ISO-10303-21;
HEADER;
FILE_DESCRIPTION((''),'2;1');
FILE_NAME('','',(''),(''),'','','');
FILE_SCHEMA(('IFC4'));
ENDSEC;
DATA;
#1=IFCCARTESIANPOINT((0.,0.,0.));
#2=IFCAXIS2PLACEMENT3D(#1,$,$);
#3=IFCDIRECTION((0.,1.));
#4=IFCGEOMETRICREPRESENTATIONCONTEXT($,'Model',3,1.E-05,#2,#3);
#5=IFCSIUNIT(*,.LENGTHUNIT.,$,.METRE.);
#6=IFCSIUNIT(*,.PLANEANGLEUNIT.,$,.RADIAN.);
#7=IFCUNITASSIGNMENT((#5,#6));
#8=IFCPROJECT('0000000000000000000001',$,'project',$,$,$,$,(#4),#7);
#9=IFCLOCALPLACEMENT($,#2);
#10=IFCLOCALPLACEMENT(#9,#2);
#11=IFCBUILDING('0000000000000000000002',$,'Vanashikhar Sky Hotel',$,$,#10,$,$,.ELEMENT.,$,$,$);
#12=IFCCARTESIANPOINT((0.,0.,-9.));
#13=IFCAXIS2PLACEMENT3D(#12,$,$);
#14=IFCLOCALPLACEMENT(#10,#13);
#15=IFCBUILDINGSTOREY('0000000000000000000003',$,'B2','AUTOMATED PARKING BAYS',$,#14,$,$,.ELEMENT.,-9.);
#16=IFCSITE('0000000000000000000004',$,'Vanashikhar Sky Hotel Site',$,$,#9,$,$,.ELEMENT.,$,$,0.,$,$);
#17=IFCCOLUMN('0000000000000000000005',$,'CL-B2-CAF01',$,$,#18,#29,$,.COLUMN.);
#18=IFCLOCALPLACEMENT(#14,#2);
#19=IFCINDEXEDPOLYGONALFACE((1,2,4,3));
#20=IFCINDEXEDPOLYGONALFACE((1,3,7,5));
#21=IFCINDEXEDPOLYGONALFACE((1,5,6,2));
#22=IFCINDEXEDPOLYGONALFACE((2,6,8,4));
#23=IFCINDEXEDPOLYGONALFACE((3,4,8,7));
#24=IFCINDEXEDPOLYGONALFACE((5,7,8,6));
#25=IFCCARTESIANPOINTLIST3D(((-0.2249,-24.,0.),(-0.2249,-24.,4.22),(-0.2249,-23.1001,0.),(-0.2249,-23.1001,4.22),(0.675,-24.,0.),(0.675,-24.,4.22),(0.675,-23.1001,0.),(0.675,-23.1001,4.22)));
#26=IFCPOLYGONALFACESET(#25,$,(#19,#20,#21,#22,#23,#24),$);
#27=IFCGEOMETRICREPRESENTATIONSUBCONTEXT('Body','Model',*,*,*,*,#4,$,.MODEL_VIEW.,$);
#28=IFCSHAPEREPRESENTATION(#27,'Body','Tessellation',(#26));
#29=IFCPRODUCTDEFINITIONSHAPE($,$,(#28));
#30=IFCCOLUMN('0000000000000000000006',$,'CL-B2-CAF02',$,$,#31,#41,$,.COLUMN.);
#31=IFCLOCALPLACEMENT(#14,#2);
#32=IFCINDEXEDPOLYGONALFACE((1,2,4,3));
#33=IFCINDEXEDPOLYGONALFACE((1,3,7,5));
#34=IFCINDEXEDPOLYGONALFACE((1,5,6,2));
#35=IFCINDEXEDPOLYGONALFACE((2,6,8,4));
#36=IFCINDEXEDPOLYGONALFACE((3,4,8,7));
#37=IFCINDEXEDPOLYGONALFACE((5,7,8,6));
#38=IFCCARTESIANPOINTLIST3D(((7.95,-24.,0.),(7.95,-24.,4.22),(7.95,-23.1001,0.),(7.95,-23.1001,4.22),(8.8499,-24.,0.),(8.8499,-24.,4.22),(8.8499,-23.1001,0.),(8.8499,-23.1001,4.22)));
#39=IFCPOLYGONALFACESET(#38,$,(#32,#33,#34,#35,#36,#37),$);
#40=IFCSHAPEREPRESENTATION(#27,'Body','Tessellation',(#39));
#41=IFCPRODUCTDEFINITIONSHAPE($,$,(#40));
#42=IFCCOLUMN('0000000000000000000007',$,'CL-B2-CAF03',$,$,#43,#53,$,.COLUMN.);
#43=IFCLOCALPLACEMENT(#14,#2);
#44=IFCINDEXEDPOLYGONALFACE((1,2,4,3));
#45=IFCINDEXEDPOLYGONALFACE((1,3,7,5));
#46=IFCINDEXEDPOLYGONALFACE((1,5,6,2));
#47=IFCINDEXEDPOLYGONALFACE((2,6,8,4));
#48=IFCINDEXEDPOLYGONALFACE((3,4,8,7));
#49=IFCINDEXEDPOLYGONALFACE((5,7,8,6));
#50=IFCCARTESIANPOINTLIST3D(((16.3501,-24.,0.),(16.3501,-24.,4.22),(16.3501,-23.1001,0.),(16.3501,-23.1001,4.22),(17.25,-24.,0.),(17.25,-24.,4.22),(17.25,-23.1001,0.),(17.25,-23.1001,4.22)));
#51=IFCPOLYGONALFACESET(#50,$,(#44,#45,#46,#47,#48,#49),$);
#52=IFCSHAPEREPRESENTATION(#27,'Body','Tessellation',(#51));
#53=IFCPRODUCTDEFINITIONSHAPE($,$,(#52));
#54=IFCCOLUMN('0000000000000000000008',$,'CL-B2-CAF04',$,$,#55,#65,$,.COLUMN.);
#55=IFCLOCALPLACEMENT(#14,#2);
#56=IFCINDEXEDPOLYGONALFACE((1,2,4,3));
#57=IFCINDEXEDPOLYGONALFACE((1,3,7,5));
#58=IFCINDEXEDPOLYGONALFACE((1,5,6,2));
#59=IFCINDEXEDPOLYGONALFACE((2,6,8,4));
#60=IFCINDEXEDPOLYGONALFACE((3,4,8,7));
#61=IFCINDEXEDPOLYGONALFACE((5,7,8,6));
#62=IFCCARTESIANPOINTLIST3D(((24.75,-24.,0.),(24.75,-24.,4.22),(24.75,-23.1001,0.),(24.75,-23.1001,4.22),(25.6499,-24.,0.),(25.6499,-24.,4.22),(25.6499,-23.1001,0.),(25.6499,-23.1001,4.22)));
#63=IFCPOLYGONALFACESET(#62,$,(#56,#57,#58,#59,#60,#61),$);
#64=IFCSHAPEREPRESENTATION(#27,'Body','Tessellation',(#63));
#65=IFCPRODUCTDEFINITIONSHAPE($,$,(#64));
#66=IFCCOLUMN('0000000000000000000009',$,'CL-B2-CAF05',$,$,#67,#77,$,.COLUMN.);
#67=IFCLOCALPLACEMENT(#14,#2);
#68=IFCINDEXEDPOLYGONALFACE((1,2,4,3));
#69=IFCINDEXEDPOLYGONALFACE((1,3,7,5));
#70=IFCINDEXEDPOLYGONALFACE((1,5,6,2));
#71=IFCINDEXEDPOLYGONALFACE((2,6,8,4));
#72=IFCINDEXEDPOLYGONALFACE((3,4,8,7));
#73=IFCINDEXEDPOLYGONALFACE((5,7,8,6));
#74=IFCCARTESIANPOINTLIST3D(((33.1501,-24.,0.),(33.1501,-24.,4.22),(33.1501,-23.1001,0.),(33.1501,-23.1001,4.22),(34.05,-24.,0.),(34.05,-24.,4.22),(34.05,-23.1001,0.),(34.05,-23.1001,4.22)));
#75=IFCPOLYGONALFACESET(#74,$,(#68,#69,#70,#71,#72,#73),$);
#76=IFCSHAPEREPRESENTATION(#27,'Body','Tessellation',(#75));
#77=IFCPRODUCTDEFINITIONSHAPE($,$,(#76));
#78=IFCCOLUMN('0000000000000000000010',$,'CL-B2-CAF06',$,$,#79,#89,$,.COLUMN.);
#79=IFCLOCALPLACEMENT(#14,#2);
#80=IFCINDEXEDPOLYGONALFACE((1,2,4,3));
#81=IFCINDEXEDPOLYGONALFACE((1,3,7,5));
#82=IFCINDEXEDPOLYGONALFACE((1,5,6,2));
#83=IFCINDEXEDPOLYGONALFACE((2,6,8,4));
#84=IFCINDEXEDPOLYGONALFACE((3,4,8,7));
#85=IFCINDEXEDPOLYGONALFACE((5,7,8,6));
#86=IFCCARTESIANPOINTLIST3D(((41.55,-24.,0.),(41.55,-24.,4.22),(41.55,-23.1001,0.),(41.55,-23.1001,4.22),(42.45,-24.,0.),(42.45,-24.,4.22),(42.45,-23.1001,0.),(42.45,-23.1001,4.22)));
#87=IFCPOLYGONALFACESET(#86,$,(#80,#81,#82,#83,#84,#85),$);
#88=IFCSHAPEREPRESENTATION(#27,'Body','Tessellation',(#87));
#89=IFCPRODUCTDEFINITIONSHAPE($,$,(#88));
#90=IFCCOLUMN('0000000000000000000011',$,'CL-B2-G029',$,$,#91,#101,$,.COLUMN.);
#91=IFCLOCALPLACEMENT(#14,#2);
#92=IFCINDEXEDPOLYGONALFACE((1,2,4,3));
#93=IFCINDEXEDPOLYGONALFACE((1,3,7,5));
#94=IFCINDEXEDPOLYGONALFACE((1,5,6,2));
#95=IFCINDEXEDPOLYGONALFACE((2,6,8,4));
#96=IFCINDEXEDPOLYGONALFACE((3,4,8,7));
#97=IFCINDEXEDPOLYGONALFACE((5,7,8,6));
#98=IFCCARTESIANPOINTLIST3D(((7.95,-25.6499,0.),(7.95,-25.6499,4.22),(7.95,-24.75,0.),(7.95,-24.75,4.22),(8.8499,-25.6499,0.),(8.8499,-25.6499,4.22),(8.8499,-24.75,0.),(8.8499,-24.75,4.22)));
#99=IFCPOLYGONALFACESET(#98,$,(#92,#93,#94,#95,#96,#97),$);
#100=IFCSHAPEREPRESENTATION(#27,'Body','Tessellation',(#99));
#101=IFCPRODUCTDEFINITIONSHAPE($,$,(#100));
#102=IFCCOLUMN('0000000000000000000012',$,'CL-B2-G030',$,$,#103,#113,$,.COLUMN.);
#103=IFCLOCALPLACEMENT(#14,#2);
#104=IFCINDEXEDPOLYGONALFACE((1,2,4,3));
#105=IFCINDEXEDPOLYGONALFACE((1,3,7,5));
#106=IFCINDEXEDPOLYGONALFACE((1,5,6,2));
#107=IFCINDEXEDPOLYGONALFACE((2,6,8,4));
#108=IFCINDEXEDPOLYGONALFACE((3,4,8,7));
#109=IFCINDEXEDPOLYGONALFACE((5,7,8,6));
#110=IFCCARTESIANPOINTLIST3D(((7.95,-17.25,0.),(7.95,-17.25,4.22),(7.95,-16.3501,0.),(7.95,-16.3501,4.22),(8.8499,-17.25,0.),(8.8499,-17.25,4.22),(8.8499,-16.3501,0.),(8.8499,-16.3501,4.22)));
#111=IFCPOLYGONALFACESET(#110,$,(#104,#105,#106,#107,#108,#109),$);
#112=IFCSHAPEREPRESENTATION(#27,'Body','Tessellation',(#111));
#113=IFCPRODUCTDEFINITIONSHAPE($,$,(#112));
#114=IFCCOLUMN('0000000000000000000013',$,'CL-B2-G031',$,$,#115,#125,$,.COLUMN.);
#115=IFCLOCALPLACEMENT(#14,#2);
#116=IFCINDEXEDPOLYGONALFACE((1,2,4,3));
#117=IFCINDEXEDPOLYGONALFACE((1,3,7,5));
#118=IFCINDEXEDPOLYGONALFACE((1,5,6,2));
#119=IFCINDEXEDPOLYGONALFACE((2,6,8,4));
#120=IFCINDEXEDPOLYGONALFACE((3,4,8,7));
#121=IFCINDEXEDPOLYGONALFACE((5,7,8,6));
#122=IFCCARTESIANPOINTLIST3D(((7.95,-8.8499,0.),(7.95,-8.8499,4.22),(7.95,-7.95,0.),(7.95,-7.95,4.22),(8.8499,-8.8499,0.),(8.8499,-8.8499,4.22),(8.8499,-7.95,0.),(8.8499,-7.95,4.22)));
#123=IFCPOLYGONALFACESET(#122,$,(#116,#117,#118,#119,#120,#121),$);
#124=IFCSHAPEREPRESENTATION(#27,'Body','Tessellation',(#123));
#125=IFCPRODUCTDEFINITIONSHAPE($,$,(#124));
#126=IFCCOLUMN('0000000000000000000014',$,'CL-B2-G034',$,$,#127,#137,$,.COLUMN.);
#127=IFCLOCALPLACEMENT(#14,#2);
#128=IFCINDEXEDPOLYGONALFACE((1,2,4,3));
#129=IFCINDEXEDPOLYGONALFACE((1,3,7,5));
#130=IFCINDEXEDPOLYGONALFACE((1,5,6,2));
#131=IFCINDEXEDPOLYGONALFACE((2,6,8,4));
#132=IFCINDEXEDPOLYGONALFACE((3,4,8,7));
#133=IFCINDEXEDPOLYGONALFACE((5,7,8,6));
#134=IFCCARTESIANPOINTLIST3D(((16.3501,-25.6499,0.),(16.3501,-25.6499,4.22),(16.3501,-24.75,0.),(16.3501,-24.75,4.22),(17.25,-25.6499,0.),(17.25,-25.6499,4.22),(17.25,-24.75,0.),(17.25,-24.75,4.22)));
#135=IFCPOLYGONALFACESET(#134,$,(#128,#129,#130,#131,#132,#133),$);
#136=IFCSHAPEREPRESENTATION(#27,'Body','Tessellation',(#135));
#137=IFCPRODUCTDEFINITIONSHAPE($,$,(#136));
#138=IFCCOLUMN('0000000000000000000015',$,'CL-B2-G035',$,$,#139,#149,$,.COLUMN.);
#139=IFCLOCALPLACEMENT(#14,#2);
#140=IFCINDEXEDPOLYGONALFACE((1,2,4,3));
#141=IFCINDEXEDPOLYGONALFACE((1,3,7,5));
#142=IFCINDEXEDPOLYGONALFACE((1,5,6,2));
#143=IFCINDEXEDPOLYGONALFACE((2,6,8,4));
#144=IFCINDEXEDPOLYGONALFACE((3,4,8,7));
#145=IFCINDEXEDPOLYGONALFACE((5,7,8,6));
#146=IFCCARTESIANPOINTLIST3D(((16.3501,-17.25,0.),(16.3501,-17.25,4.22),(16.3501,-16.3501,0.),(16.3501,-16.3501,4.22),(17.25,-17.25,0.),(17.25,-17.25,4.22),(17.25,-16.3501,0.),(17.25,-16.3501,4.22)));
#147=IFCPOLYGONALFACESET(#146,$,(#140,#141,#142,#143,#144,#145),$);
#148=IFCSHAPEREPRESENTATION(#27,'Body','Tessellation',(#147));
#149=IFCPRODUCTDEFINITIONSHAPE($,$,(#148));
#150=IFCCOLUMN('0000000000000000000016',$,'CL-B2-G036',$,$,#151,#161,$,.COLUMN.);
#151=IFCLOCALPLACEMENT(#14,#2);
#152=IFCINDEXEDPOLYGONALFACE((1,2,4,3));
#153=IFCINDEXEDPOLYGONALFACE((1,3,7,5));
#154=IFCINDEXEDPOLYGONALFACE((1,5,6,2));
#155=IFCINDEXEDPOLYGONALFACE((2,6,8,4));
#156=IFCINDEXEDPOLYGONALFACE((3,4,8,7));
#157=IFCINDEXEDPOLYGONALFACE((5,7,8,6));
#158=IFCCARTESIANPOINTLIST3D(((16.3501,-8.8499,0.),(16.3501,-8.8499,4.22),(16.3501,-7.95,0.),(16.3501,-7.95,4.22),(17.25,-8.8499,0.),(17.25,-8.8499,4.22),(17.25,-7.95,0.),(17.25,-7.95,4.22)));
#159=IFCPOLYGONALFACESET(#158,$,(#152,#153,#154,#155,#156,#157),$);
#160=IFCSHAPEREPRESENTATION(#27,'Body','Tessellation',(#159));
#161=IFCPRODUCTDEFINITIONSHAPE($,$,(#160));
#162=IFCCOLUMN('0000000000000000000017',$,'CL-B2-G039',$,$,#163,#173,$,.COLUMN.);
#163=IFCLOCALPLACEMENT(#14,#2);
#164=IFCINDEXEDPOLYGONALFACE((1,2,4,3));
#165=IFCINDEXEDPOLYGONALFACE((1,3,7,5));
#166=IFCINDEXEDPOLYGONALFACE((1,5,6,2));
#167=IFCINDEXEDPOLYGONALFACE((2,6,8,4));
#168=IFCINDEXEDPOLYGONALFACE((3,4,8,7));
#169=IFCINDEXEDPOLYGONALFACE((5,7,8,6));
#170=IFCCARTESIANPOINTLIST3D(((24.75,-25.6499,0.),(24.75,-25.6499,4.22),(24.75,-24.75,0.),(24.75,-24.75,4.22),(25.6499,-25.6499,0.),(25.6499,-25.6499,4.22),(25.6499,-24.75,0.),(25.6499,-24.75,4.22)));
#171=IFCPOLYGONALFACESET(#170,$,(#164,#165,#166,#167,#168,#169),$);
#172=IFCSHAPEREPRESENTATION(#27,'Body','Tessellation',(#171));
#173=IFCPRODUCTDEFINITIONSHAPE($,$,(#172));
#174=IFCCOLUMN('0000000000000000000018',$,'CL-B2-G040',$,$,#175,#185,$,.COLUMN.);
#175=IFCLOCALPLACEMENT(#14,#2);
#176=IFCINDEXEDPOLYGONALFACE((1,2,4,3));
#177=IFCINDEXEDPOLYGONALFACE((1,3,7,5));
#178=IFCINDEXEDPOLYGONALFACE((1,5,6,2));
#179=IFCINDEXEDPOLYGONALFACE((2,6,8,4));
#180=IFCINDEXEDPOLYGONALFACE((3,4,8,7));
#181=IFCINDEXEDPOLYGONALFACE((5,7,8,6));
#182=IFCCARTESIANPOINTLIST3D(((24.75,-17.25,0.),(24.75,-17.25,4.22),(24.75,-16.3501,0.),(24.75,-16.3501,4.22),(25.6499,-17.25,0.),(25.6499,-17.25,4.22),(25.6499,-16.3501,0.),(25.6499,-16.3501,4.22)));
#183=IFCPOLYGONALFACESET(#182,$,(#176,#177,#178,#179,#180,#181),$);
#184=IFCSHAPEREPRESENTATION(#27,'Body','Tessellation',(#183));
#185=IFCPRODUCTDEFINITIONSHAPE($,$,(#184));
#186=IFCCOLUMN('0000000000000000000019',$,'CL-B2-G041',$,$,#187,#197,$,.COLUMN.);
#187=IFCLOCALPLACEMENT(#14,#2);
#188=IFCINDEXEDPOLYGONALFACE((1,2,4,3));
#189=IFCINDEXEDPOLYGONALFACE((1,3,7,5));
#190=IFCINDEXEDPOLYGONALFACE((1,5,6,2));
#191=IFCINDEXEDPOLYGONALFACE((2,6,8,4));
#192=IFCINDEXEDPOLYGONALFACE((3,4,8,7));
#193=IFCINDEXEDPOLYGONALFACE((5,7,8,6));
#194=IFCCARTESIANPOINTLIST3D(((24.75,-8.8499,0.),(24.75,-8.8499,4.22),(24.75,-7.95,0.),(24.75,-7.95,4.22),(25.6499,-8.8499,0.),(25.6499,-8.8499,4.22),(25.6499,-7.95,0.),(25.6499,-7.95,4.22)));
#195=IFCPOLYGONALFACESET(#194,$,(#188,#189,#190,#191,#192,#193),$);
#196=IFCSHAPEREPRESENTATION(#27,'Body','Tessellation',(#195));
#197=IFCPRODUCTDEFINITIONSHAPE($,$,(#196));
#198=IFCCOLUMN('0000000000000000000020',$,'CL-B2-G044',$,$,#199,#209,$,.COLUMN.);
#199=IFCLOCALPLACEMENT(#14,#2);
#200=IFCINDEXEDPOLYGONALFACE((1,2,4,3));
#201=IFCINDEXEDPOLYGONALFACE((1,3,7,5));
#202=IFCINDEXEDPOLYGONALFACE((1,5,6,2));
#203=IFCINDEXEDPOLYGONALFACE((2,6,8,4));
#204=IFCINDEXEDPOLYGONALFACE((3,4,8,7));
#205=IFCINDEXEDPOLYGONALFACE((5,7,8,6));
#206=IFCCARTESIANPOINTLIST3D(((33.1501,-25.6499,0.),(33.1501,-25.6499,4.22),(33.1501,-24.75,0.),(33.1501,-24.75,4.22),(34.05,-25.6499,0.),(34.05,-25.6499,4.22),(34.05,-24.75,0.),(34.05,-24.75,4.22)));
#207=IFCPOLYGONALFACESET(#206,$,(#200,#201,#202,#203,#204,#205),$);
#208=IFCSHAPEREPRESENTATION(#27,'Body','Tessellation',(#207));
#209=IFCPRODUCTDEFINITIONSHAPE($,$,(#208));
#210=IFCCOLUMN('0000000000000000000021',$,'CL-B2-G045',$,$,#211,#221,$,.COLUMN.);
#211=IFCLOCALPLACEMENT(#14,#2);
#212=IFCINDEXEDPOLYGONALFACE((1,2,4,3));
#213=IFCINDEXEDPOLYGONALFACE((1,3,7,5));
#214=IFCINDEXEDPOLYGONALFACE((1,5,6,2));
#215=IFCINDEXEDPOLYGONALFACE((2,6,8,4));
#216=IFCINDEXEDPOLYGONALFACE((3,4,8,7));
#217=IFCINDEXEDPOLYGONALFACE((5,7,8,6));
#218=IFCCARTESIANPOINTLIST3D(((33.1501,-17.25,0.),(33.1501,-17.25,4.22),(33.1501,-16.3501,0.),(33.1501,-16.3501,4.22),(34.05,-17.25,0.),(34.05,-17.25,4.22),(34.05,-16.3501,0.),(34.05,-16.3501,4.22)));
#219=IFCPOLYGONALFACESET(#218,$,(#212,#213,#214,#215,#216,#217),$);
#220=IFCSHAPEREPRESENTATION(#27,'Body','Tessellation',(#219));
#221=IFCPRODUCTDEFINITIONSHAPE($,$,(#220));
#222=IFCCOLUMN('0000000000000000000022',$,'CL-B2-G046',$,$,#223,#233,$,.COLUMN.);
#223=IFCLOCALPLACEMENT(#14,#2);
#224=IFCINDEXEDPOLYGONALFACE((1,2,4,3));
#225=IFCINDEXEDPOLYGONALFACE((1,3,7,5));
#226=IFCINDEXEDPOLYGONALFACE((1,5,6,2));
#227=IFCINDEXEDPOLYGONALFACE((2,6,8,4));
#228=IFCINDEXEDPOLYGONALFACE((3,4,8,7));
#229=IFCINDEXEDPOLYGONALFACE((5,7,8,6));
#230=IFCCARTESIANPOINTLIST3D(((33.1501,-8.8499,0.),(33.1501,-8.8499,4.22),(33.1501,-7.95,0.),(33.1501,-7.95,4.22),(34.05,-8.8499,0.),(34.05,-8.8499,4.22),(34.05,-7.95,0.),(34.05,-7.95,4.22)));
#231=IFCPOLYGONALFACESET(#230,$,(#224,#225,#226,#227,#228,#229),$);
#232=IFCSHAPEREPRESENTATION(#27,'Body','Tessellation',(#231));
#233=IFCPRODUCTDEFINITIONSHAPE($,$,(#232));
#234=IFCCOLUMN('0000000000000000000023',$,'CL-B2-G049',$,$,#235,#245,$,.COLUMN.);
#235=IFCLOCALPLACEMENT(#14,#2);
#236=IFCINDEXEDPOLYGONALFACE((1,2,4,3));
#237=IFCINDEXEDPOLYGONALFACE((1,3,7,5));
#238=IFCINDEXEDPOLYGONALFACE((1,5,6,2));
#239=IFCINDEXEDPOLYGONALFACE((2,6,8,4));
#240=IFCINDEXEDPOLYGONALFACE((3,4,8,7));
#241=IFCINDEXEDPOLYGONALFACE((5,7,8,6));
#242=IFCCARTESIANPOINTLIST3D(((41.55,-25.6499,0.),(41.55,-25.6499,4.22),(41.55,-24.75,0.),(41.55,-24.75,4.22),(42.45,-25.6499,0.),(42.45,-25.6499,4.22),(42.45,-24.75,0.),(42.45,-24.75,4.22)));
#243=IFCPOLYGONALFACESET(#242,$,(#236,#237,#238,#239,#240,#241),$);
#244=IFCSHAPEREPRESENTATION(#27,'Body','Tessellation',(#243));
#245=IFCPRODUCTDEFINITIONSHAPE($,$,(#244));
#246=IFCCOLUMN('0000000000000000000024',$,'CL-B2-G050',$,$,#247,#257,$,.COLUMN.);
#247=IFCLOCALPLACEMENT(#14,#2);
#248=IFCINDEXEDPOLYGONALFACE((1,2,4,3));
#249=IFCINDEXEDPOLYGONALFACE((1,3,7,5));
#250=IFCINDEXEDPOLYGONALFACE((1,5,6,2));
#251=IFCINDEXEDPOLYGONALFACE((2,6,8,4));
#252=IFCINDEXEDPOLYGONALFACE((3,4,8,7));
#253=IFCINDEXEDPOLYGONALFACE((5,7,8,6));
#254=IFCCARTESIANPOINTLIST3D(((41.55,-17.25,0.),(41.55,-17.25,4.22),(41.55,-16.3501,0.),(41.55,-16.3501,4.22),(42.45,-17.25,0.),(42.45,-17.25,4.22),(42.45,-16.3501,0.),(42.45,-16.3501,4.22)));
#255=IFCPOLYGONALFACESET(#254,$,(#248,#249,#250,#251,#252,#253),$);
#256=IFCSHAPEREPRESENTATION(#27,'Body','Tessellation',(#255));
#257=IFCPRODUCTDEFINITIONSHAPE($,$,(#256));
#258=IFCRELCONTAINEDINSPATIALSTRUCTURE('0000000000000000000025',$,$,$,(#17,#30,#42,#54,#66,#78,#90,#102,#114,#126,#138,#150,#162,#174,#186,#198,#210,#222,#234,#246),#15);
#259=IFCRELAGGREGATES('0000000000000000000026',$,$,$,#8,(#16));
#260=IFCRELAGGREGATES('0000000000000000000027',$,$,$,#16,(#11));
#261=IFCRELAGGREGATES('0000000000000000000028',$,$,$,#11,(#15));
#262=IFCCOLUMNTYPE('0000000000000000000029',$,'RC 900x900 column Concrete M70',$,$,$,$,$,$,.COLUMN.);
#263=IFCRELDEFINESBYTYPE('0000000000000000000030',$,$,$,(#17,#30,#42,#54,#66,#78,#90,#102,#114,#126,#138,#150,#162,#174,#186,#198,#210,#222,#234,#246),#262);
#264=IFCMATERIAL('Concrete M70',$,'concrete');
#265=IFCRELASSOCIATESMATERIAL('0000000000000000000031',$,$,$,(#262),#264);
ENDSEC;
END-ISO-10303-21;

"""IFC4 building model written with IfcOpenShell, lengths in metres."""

from ifc_helpers import new_model, si_unit, direction, frame, origin, origin_2d, place, context, subcontext, project, spatial, rectangle, extrude, source, transform, mapped, material, material_profile, profile_set, type_object, element, save


model = new_model("IFC4")

# Units and contexts
model_context = context("Model", 3, precision=1e-05, world=origin(), true_north=direction((0.0, 1.0)))
body_context = subcontext(model_context, "Body", "Model", "MODEL_VIEW")
ifc_project = project(units=[si_unit("LENGTHUNIT", "METRE"), si_unit("PLANEANGLEUNIT", "RADIAN")], contexts=[model_context])

# Site, building, storey
site_placement = place(None, origin())
site = spatial("IfcSite", under=ifc_project, at=site_placement, Name="Vanashikhar Sky Hotel Site", CompositionType="ELEMENT", RefElevation=0.0)
building_placement = place(site_placement, origin())
building = spatial("IfcBuilding", under=site, at=building_placement, Name="Vanashikhar Sky Hotel", CompositionType="ELEMENT")
storey_placement = place(building_placement, frame((0.0, 0.0, -9.0)))
storey = spatial("IfcBuildingStorey", under=building, at=storey_placement, Name="B2", Description="AUTOMATED PARKING BAYS", CompositionType="ELEMENT", Elevation=-9.0)

# Columns
ifc_material = material(Name="Concrete M70", Category="concrete")
ifc_material_profile = material_profile(ifc_material, rectangle(XDim=0.8999, YDim=0.8999, at=origin_2d()))
ifc_profile_set = profile_set([ifc_material_profile], Name="RC 900x900 column Concrete M70")
column_type = type_object("IfcColumnType", Name="RC 900x900 column Concrete M70", PredefinedType="COLUMN", material=ifc_profile_set)
shared_shape = source(origin(), body_context, "Body", "SweptSolid", [
    extrude(rectangle(XDim=0.8999, YDim=0.8999, at=origin_2d()), origin(), (0.0, 0.0, 1.0), 4.22),
])
for number, where, z_axis, x_axis, name in (
    (1, (0.2251, -23.55, 0.0), (0.0, 0.0, 1.0), (1.0, 0.0, 0.0), "CL-B2-CAF01"),
    (2, (8.3999, -23.55, 0.0), (0.0, 0.0, 1.0), (1.0, 0.0, 0.0), "CL-B2-CAF02"),
    (3, (16.8, -23.55, 0.0), (0.0, 0.0, 1.0), (1.0, 0.0, 0.0), "CL-B2-CAF03"),
    (4, (25.2, -23.55, 0.0), (0.0, 0.0, 1.0), (1.0, 0.0, 0.0), "CL-B2-CAF04"),
    (5, (33.6001, -23.55, 0.0), (0.0, 0.0, 1.0), (1.0, 0.0, 0.0), "CL-B2-CAF05"),
    (6, (42.0, -23.55, 0.0), (0.0, 0.0, 1.0), (1.0, 0.0, 0.0), "CL-B2-CAF06"),
    (7, (8.3999, -25.2, 0.0), (0.0, 0.0, 1.0), (1.0, 0.0, 0.0), "CL-B2-G029"),
    (8, (8.3999, -16.8, 0.0), (0.0, 0.0, 1.0), (1.0, 0.0, 0.0), "CL-B2-G030"),
    (9, (8.3999, -8.3999, 0.0), (0.0, 0.0, 1.0), (1.0, 0.0, 0.0), "CL-B2-G031"),
    (10, (16.8, -25.2, 0.0), (0.0, 0.0, 1.0), (1.0, 0.0, 0.0), "CL-B2-G034"),
    (11, (16.8, -16.8, 0.0), (0.0, 0.0, 1.0), (1.0, 0.0, 0.0), "CL-B2-G035"),
    (12, (16.8, -8.3999, 0.0), (0.0, 0.0, 1.0), (1.0, 0.0, 0.0), "CL-B2-G036"),
    (13, (25.2, -25.2, 0.0), (0.0, 0.0, 1.0), (1.0, 0.0, 0.0), "CL-B2-G039"),
    (14, (25.2, -16.8, 0.0), (0.0, 0.0, 1.0), (1.0, 0.0, 0.0), "CL-B2-G040"),
    (15, (25.2, -8.3999, 0.0), (0.0, 0.0, 1.0), (1.0, 0.0, 0.0), "CL-B2-G041"),
    (16, (33.6001, -25.2, 0.0), (0.0, 0.0, 1.0), (1.0, 0.0, 0.0), "CL-B2-G044"),
    (17, (33.6001, -16.8, 0.0), (0.0, 0.0, 1.0), (1.0, 0.0, 0.0), "CL-B2-G045"),
    (18, (33.6001, -8.3999, 0.0), (0.0, 0.0, 1.0), (1.0, 0.0, 0.0), "CL-B2-G046"),
    (19, (42.0, -25.2, 0.0), (0.0, 0.0, 1.0), (1.0, 0.0, 0.0), "CL-B2-G049"),
    (20, (42.0, -16.8, 0.0), (0.0, 0.0, 1.0), (1.0, 0.0, 0.0), "CL-B2-G050"),
):
    element("IfcColumn", number, at=place(storey_placement, frame(where, z_axis=z_axis, x_axis=x_axis)), inside=storey, type_object=column_type, Name=name, PredefinedType="COLUMN", context=body_context, shape_type="MappedRepresentation", body=[
        mapped(shared_shape, transform((0.0, 0.0, 0.0), scale=1.0)),
    ])

save(model, "model.ifc")
